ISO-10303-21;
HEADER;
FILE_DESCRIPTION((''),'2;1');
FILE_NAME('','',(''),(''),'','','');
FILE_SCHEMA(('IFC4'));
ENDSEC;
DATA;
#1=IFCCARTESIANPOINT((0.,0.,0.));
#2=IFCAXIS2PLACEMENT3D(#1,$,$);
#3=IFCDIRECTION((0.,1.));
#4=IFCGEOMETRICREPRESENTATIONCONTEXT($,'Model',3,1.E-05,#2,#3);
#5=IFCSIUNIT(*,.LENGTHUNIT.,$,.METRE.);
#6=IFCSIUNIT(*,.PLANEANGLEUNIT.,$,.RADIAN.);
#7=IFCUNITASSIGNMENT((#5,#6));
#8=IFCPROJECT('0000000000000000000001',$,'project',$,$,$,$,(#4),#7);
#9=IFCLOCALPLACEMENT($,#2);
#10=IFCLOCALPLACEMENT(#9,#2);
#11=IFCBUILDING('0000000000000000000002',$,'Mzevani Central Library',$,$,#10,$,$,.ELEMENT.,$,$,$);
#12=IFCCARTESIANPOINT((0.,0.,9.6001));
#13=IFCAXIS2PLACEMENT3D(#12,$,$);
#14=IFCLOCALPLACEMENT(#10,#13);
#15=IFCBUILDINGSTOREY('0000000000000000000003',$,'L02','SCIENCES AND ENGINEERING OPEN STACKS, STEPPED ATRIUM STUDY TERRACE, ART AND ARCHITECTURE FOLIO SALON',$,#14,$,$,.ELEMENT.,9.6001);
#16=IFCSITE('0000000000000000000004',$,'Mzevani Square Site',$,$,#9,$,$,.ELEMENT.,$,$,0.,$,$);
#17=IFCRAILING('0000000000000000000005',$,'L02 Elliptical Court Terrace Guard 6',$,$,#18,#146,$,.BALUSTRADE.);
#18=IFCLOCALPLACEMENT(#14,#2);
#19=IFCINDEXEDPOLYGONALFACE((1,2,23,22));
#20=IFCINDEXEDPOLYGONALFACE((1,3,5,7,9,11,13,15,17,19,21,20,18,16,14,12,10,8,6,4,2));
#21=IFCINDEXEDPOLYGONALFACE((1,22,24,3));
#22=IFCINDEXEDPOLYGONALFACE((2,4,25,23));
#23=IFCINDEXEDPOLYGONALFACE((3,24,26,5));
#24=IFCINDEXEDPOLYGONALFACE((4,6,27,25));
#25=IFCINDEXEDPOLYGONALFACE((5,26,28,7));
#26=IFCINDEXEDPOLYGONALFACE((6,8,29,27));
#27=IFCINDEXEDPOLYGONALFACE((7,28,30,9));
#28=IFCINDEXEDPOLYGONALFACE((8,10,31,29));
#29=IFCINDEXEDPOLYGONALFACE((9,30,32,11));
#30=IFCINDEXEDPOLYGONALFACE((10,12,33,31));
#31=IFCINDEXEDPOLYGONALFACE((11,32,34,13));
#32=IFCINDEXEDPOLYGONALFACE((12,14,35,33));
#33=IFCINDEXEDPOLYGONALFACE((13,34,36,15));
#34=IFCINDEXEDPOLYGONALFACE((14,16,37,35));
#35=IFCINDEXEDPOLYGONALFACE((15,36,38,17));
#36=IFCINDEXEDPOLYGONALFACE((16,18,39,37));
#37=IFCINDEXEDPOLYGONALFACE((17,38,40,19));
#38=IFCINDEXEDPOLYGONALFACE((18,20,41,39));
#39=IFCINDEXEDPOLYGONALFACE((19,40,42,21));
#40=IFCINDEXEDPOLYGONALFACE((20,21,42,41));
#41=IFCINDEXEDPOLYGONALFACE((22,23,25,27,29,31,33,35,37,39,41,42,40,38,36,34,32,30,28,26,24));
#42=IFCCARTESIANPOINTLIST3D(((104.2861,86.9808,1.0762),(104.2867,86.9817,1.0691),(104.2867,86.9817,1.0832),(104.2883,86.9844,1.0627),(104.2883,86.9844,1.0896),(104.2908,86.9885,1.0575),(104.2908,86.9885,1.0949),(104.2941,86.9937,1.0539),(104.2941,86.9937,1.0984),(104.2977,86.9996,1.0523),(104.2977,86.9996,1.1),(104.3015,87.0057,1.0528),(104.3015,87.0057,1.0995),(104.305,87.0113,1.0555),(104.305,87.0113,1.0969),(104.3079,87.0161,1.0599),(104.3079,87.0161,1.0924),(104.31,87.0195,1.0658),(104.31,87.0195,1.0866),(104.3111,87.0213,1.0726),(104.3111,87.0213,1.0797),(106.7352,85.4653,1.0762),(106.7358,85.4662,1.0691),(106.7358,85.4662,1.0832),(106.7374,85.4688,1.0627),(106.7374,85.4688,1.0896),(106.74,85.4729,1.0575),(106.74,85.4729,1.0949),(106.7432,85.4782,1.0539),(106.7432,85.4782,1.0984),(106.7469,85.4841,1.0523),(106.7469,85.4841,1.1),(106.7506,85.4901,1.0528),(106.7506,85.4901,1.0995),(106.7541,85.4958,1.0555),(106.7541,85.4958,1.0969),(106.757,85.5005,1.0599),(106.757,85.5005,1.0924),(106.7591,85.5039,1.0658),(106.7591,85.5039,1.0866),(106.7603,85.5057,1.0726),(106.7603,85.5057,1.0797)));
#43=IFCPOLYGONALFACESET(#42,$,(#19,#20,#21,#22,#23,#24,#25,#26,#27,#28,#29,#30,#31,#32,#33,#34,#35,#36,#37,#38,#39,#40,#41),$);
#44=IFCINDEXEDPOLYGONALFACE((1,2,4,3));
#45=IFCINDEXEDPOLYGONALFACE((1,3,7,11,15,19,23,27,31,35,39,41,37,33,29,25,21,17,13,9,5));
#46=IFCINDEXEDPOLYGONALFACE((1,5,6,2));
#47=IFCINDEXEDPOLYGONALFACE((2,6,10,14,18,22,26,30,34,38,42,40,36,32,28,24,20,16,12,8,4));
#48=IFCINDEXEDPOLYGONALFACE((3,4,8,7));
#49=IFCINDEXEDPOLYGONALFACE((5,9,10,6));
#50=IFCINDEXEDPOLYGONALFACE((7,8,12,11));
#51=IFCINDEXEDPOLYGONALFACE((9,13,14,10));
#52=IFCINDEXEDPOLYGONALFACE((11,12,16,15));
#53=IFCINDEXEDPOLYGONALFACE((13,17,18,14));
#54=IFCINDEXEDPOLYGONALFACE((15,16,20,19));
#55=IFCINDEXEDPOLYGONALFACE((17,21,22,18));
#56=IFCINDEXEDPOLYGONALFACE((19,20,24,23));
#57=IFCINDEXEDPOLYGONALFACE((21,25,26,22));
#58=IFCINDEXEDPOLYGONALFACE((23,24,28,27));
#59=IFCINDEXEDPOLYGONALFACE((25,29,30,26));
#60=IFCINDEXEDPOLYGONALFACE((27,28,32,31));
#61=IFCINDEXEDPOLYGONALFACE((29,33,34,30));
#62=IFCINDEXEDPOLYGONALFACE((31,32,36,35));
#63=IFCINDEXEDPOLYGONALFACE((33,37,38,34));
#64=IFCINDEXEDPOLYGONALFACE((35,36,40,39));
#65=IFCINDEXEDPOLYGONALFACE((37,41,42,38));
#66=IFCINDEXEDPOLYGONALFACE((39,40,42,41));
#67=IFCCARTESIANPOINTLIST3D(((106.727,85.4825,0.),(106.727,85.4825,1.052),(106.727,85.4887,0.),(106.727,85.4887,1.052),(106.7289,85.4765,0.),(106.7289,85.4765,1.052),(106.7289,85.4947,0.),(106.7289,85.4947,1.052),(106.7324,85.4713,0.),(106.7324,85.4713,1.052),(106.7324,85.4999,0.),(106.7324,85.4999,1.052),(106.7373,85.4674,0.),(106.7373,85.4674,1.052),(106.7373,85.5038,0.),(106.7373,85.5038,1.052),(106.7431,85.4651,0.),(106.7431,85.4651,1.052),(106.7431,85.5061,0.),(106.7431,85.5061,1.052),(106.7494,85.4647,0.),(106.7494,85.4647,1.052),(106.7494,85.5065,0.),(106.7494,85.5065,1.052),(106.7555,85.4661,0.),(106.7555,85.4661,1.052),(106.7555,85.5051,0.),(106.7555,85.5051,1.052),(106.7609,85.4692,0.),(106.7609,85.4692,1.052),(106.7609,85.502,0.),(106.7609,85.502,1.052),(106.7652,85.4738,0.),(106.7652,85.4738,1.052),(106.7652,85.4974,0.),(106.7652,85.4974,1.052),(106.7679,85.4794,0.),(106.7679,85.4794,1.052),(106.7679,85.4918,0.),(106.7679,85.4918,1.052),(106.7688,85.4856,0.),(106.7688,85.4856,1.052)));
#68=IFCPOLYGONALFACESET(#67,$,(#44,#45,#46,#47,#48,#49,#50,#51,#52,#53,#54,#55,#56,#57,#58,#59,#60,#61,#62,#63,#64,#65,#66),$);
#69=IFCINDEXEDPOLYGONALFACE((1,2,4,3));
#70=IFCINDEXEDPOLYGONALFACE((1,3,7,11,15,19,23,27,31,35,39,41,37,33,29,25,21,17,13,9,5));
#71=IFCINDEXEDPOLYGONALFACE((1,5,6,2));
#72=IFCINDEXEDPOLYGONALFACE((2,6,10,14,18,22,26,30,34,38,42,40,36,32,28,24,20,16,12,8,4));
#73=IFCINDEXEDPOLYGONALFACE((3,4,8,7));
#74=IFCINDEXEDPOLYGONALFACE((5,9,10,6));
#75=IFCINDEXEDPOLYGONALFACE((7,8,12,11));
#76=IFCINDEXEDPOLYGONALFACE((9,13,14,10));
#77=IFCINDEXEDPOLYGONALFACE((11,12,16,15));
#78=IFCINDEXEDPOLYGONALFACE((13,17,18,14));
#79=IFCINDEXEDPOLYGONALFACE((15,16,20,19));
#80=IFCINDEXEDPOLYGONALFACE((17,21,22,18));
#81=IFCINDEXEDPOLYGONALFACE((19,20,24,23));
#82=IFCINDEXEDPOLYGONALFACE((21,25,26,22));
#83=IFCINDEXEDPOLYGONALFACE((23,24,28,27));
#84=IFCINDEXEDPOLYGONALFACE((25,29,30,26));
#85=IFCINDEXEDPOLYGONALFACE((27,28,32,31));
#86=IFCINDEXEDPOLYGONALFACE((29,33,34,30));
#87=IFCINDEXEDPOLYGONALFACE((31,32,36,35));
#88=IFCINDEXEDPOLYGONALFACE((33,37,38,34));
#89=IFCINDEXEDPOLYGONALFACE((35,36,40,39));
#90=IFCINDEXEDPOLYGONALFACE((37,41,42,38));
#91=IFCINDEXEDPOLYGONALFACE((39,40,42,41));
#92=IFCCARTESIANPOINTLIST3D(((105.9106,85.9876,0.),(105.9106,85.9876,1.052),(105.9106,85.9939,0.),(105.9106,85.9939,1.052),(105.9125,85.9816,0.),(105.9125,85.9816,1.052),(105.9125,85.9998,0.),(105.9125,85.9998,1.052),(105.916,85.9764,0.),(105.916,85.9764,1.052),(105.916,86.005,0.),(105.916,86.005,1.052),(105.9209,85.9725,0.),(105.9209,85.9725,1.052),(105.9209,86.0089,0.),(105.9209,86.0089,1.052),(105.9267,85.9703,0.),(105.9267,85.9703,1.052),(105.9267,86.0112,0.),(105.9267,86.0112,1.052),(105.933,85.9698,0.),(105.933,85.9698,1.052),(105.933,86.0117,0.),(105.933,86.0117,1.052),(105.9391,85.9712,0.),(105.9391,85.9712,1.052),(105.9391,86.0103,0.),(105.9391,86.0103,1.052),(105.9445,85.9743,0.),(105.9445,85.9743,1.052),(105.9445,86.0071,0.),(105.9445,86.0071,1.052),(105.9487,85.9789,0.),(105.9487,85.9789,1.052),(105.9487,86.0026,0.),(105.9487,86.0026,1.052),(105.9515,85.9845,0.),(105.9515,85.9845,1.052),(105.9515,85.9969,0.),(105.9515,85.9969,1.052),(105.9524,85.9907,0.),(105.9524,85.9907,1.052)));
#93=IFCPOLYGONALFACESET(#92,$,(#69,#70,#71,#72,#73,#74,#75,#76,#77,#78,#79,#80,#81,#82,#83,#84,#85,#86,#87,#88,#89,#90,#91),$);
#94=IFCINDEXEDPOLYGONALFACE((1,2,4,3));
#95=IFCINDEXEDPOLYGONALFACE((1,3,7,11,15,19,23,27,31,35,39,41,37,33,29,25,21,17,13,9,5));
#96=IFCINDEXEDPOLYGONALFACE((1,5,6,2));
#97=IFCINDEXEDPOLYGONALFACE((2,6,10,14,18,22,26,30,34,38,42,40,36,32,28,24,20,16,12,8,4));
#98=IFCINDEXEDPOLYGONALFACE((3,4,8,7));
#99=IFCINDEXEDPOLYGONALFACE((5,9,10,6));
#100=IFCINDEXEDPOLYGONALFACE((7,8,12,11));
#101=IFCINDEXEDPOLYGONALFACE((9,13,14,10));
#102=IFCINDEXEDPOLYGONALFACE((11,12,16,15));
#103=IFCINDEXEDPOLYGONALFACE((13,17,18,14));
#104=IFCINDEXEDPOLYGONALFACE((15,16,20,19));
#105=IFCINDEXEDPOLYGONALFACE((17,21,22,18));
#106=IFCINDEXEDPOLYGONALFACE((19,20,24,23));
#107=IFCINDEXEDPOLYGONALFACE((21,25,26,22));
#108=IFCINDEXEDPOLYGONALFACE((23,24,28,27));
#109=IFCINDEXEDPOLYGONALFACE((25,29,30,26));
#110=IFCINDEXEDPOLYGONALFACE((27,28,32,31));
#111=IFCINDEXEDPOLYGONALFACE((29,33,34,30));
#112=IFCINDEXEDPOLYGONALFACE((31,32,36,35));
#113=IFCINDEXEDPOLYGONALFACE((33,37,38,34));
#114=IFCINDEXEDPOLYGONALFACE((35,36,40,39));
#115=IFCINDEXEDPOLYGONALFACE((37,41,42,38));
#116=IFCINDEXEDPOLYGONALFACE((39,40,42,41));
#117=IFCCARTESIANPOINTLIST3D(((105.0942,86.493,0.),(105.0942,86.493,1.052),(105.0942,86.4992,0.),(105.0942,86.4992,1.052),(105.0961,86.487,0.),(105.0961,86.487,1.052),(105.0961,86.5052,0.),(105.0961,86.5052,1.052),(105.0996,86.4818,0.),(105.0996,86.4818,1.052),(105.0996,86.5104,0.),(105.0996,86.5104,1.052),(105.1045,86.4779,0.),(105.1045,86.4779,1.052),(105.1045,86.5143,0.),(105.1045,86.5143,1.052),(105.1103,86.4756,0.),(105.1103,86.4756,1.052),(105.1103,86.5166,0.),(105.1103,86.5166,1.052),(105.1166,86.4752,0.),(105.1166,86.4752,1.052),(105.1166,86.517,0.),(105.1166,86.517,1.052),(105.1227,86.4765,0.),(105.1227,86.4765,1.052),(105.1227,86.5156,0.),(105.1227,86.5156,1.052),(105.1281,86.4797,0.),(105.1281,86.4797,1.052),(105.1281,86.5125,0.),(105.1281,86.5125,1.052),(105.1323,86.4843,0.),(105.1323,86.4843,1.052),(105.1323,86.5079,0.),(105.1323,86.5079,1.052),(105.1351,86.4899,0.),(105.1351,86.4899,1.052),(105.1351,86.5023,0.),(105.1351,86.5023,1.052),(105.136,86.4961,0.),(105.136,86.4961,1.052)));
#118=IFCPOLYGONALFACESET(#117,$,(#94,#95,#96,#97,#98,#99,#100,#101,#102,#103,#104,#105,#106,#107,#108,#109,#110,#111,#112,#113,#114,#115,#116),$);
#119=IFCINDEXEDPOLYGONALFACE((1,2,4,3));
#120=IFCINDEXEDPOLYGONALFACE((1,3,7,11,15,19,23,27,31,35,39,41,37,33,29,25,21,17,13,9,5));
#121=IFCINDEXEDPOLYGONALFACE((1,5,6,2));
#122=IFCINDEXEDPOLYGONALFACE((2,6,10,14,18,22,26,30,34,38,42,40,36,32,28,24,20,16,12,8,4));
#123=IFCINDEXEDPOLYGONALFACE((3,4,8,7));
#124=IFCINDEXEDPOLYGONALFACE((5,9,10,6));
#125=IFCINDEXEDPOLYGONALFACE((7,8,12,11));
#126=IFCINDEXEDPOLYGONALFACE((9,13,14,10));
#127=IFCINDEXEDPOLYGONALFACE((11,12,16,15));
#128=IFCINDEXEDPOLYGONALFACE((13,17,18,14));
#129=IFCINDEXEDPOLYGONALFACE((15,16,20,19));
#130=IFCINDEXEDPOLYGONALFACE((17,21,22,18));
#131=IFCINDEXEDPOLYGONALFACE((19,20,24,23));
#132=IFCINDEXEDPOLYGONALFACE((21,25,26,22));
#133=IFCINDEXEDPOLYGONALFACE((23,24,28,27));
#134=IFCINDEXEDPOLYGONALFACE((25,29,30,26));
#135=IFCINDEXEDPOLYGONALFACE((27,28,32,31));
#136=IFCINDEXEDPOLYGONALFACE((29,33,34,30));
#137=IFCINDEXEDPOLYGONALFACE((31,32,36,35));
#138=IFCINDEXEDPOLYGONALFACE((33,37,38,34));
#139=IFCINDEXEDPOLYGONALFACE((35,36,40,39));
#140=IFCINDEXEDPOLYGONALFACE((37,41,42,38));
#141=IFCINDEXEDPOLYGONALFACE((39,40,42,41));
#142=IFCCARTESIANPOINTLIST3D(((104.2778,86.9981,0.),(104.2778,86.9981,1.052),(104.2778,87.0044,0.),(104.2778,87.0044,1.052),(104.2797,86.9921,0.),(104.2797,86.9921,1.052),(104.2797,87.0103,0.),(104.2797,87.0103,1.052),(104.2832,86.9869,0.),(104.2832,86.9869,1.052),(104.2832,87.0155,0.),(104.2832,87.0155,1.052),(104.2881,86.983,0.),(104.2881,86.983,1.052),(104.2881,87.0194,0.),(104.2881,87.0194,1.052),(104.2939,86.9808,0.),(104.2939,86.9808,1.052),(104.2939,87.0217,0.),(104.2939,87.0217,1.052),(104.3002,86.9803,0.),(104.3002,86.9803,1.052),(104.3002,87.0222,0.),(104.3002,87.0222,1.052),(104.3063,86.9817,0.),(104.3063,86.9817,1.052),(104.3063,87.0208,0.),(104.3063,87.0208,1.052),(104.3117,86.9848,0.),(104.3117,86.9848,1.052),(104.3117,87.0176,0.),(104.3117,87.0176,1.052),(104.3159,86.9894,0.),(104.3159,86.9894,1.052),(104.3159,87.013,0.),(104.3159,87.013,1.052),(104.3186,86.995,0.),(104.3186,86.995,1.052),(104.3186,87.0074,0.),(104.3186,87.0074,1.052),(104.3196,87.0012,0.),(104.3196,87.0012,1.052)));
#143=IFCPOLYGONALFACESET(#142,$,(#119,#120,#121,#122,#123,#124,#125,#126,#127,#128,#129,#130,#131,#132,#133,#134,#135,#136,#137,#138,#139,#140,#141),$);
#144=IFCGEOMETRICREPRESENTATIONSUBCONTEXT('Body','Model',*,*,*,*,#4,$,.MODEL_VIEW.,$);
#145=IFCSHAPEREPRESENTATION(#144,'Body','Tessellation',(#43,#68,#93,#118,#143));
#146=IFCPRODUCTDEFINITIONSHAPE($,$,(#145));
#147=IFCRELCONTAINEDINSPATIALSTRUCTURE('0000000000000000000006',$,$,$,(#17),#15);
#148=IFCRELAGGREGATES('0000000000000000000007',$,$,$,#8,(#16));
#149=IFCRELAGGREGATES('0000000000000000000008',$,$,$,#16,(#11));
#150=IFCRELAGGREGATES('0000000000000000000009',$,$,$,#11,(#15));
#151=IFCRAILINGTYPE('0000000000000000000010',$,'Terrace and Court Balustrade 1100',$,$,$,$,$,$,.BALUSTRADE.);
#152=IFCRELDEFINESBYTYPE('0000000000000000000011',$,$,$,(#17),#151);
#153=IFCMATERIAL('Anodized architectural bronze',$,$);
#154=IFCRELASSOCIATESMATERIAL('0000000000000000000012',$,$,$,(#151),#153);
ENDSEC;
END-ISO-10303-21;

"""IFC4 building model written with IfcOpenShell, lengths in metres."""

from ifc_helpers import new_model, si_unit, direction, frame, origin, origin_2d, place, context, subcontext, project, spatial, circle, extrude, material, type_object, element, save


model = new_model("IFC4")

# Units and contexts
model_context = context("Model", 3, precision=1e-05, world=origin(), true_north=direction((0.0, 1.0)))
body_context = subcontext(model_context, "Body", "Model", "MODEL_VIEW")
ifc_project = project(units=[si_unit("LENGTHUNIT", "METRE"), si_unit("PLANEANGLEUNIT", "RADIAN")], contexts=[model_context])

# Site, building, storey
site_placement = place(None, origin())
site = spatial("IfcSite", under=ifc_project, at=site_placement, Name="Mzevani Square Site", CompositionType="ELEMENT", RefElevation=0.0)
building_placement = place(site_placement, origin())
building = spatial("IfcBuilding", under=site, at=building_placement, Name="Mzevani Central Library", CompositionType="ELEMENT")
storey_placement = place(building_placement, frame((0.0, 0.0, 9.6001)))
storey = spatial("IfcBuildingStorey", under=building, at=storey_placement, Name="L02", Description="SCIENCES AND ENGINEERING OPEN STACKS, STEPPED ATRIUM STUDY TERRACE, ART AND ARCHITECTURE FOLIO SALON", CompositionType="ELEMENT", Elevation=9.6001)

# Railing
ifc_material_1 = material(Name="Anodized architectural bronze")
railing_type = type_object("IfcRailingType", Name="Terrace and Court Balustrade 1100", PredefinedType="BALUSTRADE", material=ifc_material_1)
railing_1_placement = place(storey_placement, frame((106.7478, 85.4856, 0.0)))
element("IfcRailing", 1, at=railing_1_placement, inside=storey, type_object=railing_type, Name="L02 Elliptical Court Terrace Guard 6", PredefinedType="BALUSTRADE", context=body_context, shape_type="SweptSolid", body=[
    extrude(circle(Radius=0.0239, at=origin_2d()), frame((0.0, 0.0, 1.0762), z_axis=(-0.850352, 0.526215, 0.0), x_axis=(-0.526215, -0.850352, 0.0)), (0.0, 0.0, 1.0), 2.8801),
    extrude(circle(Radius=0.021, at=origin_2d()), origin(), (0.0, 0.0, 1.0), 1.052),
    extrude(circle(Radius=0.021, at=origin_2d()), frame((-0.8164, 0.5051, 0.0)), (0.0, 0.0, 1.0), 1.052),
    extrude(circle(Radius=0.021, at=origin_2d()), frame((-1.6328, 1.0105, 0.0)), (0.0, 0.0, 1.0), 1.052),
    extrude(circle(Radius=0.021, at=origin_2d()), frame((-2.4492, 1.5156, 0.0)), (0.0, 0.0, 1.0), 1.052),
])

save(model, "model.ifc")
